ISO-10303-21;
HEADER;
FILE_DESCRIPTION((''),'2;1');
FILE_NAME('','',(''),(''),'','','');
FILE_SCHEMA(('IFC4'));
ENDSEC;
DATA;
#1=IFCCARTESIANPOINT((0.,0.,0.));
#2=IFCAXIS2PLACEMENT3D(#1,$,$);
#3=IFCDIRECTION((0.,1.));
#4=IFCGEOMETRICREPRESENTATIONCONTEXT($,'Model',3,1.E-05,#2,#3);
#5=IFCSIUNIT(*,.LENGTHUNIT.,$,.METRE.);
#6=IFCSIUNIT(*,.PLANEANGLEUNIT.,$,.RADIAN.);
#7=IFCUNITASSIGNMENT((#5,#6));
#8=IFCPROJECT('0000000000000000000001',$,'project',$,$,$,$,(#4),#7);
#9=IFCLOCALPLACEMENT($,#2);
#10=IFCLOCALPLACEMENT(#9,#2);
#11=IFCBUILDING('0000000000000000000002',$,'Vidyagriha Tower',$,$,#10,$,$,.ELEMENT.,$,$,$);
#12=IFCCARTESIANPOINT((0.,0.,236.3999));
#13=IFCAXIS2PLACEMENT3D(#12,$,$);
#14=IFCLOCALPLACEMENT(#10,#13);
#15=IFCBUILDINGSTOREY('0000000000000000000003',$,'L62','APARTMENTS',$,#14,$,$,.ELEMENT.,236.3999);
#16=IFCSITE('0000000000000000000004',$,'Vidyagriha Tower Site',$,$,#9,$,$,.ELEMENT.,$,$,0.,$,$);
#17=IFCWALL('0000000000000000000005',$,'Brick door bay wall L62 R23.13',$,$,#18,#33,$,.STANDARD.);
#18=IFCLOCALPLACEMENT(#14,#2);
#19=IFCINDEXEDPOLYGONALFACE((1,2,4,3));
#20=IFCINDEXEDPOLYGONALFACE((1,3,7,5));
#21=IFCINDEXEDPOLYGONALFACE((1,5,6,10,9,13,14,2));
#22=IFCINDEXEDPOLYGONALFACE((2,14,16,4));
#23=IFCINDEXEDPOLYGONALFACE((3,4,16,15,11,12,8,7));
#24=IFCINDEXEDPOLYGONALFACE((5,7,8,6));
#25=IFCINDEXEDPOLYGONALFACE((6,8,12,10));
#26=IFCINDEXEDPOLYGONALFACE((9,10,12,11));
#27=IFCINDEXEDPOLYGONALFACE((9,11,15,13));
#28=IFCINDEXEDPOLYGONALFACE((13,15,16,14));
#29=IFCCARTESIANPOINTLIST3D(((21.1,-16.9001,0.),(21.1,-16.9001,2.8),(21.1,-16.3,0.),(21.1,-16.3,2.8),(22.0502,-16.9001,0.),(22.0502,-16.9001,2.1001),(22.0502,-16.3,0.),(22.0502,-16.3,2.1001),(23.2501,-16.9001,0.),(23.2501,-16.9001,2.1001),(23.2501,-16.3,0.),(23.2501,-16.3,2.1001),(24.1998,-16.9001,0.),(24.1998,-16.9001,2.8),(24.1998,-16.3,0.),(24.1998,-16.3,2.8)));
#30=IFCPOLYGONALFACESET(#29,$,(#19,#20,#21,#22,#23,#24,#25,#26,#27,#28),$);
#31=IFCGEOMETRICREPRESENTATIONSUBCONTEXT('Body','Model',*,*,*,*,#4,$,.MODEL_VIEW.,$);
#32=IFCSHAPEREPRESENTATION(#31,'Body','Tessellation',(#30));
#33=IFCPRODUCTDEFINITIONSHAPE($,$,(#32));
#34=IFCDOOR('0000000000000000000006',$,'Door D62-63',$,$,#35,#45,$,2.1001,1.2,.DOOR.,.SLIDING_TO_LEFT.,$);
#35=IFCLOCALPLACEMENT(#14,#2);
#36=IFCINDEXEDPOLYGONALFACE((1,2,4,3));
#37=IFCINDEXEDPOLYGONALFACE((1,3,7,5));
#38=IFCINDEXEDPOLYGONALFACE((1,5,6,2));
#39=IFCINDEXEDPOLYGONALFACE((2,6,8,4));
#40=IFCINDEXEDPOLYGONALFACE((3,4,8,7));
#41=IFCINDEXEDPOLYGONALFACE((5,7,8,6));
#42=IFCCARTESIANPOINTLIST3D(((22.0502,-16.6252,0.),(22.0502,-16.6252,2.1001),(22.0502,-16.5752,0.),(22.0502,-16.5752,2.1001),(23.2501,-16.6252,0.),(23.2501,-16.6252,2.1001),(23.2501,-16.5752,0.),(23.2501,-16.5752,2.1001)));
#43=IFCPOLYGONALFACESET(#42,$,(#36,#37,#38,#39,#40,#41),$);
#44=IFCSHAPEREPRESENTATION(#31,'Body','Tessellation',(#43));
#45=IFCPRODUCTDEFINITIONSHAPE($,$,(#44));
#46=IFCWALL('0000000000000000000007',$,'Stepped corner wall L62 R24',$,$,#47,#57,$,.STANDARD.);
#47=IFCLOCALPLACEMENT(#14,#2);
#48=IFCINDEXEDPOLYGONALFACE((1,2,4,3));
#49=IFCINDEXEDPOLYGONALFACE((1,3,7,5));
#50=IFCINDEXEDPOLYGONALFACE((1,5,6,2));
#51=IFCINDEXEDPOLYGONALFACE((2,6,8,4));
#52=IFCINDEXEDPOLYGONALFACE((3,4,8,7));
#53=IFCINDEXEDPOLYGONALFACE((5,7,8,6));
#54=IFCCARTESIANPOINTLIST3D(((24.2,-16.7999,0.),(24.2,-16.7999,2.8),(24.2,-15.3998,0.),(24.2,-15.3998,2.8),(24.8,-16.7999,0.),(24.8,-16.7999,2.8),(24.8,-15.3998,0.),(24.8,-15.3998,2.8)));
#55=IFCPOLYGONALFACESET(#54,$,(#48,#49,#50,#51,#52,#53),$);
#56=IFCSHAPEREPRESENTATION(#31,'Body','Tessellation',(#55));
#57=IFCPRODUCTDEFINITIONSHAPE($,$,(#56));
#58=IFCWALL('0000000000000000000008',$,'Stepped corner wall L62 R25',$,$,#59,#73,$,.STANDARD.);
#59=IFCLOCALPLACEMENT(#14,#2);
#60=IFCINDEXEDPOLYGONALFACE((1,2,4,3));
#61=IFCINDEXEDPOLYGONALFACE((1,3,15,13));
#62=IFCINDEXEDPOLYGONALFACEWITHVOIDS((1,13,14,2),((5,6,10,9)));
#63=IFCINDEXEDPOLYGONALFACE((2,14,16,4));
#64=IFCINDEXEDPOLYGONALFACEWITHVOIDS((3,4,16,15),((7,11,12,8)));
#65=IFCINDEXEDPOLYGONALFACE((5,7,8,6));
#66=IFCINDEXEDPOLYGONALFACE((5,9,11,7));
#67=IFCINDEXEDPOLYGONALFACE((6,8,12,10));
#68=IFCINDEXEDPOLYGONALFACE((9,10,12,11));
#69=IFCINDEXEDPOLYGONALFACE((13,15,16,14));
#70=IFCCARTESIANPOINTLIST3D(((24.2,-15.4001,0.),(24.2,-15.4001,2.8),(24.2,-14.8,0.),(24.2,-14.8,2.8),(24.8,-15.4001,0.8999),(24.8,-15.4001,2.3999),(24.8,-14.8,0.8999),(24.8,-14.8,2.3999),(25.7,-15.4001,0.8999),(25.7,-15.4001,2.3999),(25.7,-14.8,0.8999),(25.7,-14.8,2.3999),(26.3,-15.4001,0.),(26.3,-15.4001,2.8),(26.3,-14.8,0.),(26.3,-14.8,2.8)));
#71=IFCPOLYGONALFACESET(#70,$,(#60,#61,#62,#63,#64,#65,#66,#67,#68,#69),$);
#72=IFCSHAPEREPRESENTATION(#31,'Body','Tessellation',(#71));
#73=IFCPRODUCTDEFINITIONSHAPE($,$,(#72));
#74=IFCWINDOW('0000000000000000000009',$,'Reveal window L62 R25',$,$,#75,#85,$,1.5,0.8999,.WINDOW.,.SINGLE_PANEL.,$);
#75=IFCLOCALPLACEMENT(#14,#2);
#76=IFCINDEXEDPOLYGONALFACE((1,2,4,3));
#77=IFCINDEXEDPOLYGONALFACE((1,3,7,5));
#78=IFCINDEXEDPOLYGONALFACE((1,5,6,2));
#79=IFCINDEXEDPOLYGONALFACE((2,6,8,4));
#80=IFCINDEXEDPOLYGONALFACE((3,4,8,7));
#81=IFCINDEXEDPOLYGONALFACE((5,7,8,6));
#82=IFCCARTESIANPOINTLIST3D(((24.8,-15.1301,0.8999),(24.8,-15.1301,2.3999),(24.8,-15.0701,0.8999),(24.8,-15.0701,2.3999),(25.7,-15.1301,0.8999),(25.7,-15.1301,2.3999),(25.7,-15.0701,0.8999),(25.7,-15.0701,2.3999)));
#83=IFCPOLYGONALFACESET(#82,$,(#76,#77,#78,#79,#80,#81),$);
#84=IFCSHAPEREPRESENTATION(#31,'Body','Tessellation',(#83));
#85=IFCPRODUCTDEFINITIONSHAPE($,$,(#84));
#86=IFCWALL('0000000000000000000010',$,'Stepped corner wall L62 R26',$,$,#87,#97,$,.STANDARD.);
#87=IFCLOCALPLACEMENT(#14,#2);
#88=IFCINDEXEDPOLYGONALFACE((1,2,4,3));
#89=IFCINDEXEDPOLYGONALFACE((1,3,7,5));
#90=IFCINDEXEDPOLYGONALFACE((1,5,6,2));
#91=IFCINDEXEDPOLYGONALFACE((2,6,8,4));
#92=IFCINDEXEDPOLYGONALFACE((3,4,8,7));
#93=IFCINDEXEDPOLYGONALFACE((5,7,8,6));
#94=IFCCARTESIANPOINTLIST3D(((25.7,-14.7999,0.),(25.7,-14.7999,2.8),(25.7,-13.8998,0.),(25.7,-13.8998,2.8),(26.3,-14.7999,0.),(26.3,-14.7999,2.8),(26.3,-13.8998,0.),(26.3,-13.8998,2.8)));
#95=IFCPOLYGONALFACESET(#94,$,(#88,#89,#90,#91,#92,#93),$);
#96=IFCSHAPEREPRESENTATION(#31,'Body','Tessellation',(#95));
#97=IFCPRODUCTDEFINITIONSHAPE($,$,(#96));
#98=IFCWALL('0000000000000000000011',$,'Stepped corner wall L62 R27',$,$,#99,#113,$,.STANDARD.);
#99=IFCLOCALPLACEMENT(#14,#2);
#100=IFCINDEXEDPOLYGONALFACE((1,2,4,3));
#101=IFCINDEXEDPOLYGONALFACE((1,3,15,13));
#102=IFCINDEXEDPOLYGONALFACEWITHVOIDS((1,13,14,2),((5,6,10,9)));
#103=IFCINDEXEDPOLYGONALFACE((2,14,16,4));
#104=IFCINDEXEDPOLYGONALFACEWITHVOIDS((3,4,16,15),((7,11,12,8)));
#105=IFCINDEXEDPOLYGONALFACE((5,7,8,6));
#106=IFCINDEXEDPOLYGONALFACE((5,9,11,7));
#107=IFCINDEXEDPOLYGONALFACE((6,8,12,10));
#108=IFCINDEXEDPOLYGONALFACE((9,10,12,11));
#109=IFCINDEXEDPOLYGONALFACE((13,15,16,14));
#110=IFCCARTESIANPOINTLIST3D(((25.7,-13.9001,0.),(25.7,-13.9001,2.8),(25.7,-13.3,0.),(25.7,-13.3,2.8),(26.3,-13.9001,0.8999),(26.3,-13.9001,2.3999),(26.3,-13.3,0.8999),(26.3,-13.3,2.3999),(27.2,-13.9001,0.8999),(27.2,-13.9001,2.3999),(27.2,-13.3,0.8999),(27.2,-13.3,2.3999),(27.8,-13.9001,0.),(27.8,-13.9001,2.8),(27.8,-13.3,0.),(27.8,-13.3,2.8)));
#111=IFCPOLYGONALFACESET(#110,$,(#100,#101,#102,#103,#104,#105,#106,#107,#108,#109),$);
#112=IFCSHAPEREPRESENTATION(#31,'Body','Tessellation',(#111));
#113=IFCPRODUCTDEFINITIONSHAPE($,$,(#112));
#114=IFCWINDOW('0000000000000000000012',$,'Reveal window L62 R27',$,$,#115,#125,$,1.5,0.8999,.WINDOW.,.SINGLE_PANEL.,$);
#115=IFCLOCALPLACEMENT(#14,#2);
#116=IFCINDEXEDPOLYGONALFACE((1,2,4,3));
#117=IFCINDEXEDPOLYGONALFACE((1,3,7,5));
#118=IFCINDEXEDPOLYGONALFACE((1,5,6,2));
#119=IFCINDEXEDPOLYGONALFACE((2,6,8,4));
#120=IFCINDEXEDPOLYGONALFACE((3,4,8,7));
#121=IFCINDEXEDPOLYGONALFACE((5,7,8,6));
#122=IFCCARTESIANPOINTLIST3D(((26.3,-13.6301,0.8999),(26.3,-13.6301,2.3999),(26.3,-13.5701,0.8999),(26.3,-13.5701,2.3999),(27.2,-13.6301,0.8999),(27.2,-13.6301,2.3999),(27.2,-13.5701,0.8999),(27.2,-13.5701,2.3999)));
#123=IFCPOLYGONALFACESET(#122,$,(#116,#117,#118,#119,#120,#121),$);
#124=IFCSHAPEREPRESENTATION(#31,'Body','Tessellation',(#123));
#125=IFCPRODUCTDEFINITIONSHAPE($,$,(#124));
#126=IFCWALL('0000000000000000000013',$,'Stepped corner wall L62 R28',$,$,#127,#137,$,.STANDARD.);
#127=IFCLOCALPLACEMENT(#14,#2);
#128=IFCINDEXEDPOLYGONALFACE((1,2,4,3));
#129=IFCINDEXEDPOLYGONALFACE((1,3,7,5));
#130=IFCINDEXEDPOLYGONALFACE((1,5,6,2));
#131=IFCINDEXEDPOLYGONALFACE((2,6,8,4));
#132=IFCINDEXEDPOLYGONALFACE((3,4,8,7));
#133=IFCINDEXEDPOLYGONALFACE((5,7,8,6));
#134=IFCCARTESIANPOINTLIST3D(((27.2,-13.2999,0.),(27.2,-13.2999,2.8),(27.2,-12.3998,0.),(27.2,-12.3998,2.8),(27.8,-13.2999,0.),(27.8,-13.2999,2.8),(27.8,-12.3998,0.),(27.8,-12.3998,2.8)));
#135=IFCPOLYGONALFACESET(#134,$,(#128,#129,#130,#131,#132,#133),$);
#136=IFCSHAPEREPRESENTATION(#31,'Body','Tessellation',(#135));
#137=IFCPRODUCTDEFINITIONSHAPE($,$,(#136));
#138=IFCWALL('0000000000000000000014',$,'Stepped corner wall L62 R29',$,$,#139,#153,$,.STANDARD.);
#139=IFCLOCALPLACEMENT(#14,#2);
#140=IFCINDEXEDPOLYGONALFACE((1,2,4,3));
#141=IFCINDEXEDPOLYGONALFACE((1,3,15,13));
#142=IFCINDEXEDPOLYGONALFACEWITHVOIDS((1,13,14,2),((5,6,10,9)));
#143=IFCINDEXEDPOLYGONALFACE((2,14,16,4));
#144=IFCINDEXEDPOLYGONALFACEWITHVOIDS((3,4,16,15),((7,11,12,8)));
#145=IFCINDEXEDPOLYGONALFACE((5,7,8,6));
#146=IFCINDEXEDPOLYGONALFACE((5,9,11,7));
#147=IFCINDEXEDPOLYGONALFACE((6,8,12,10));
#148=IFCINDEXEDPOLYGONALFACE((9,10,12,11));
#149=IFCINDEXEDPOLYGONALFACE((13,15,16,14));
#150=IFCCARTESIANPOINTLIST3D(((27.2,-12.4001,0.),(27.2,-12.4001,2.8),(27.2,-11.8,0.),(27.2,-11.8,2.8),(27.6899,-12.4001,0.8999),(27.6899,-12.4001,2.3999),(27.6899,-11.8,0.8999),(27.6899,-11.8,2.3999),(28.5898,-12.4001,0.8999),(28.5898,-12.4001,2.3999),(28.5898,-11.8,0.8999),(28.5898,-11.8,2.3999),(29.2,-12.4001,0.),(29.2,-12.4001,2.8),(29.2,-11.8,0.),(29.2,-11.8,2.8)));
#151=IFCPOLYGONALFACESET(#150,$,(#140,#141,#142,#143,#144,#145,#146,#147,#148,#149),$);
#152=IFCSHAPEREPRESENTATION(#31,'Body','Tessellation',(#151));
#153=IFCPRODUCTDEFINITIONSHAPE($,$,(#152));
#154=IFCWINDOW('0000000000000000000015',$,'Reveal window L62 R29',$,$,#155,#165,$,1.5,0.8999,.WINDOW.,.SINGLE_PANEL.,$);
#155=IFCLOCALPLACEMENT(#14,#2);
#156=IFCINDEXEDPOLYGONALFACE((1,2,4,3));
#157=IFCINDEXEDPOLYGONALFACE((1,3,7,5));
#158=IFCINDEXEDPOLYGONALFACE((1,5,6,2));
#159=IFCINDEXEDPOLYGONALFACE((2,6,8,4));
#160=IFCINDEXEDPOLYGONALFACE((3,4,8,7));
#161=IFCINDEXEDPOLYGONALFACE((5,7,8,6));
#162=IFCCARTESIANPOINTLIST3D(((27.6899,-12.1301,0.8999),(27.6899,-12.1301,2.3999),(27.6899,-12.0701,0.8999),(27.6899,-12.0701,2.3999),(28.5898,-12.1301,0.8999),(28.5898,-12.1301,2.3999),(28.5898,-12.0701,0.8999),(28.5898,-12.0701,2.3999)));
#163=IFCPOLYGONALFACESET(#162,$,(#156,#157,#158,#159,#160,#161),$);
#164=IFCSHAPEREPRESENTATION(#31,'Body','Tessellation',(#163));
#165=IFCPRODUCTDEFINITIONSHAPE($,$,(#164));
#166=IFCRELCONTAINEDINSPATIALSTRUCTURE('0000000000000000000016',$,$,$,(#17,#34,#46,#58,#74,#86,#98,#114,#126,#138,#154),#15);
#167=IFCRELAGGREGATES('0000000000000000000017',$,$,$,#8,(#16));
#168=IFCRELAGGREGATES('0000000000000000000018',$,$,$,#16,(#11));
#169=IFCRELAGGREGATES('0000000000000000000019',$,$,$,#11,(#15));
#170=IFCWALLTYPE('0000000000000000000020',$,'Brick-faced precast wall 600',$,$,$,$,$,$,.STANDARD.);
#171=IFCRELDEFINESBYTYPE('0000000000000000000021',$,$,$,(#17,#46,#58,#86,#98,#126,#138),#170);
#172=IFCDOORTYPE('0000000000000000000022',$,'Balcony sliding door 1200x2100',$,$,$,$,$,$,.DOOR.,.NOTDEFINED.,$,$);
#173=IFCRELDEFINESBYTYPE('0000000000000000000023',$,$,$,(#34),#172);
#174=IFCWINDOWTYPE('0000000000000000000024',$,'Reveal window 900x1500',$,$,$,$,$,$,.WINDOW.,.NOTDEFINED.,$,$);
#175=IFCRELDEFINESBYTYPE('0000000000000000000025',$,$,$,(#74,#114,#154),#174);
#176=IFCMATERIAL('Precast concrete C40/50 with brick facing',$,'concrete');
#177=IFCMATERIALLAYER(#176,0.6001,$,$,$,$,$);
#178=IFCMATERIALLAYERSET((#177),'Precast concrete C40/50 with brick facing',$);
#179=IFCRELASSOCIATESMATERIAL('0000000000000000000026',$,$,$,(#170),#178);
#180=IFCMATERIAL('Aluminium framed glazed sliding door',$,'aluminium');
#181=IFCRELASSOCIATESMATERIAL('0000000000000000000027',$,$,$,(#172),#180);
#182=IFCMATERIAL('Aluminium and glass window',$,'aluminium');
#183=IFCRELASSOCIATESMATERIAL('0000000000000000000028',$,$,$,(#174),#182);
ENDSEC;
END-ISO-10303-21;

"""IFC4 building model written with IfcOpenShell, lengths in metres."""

from ifc_helpers import new_model, si_unit, direction, frame, frame_2d, origin, place, context, subcontext, project, spatial, rectangle, extrude, material, layer, layer_set, type_object, element, fill, save


model = new_model("IFC4")

# Units and contexts
model_context = context("Model", 3, precision=1e-05, world=origin(), true_north=direction((0.0, 1.0)))
body_context = subcontext(model_context, "Body", "Model", "MODEL_VIEW")
ifc_project = project(units=[si_unit("LENGTHUNIT", "METRE"), si_unit("PLANEANGLEUNIT", "RADIAN")], contexts=[model_context])

# Site, building, storey
site_placement = place(None, origin())
site = spatial("IfcSite", under=ifc_project, at=site_placement, Name="Vidyagriha Tower Site", CompositionType="ELEMENT", RefElevation=0.0)
building_placement = place(site_placement, origin())
building = spatial("IfcBuilding", under=site, at=building_placement, Name="Vidyagriha Tower", CompositionType="ELEMENT")
storey_placement = place(building_placement, frame((0.0, 0.0, 236.3999)))
storey = spatial("IfcBuildingStorey", under=building, at=storey_placement, Name="L62", Description="APARTMENTS", CompositionType="ELEMENT", Elevation=236.3999)

# Wall, opening, door
ifc_material_1 = material(Name="Precast concrete C40/50 with brick facing", Category="concrete")
ifc_layer_1 = layer(ifc_material_1, 0.6001)
ifc_layer_set_1 = layer_set([ifc_layer_1], Name="Precast concrete C40/50 with brick facing")
wall_type_1 = type_object("IfcWallType", Name="Brick-faced precast wall 600", PredefinedType="STANDARD", material=ifc_layer_set_1)
wall_1_placement = place(storey_placement, frame((21.1001, -16.6001, 0.0)))
wall_1 = element("IfcWall", 1, at=wall_1_placement, inside=storey, type_object=wall_type_1, Name="Brick door bay wall L62 R23.13", PredefinedType="STANDARD", context=body_context, shape_type="SweptSolid", body=[
    extrude(rectangle(XDim=3.0999, YDim=0.6001, at=frame_2d((1.5498, 0.0))), origin(), (0.0, 0.0, 1.0), 2.8),
])
opening_1_placement = place(wall_1_placement, frame((0.95, 0.0, 0.0)))
opening_1 = element("IfcOpeningElement", 2, at=opening_1_placement, cuts=wall_1, PredefinedType="OPENING", context=body_context, shape_type="SweptSolid", body=[
    extrude(rectangle(XDim=1.2, YDim=2.1001, at=frame_2d((0.6001, 1.05))), frame((0.0, 0.3101, 0.0), z_axis=(0.0, -1.0, 0.0), x_axis=(1.0, 0.0, 0.0)), (0.0, 0.0, 1.0), 0.6201),
])
ifc_material_2 = material(Name="Aluminium framed glazed sliding door", Category="aluminium")
door_type_1 = type_object("IfcDoorType", Name="Balcony sliding door 1200x2100", OperationType="NOTDEFINED", PredefinedType="DOOR", material=ifc_material_2)
door_1_placement = place(opening_1_placement, origin())
door_1 = element("IfcDoor", 3, at=door_1_placement, inside=storey, type_object=door_type_1, Name="Door D62-63", OperationType="SLIDING_TO_LEFT", OverallHeight=2.1001, OverallWidth=1.2, PredefinedType="DOOR", context=body_context, shape_type="SweptSolid", body=[
    extrude(rectangle(XDim=1.2, YDim=2.1001, at=frame_2d((0.6001, 1.05))), frame((0.0, 0.0249, 0.0), z_axis=(0.0, -1.0, 0.0), x_axis=(1.0, 0.0, 0.0)), (0.0, 0.0, 1.0), 0.05),
])
fill(opening_1, door_1)

# Wall
wall_2_placement = place(storey_placement, frame((24.5, -16.8, 0.0), z_axis=(0.0, 0.0, 1.0), x_axis=(0.0, 1.0, 0.0)))
element("IfcWall", 4, at=wall_2_placement, inside=storey, type_object=wall_type_1, Name="Stepped corner wall L62 R24", PredefinedType="STANDARD", context=body_context, shape_type="SweptSolid", body=[
    extrude(rectangle(XDim=1.4001, YDim=0.6001, at=frame_2d((0.7002, 0.0))), origin(), (0.0, 0.0, 1.0), 2.8),
])

# Wall, opening, window
wall_3_placement = place(storey_placement, frame((24.2, -15.1001, 0.0)))
wall_3 = element("IfcWall", 5, at=wall_3_placement, inside=storey, type_object=wall_type_1, Name="Stepped corner wall L62 R25", PredefinedType="STANDARD", context=body_context, shape_type="SweptSolid", body=[
    extrude(rectangle(XDim=2.1001, YDim=0.6001, at=frame_2d((1.05, 0.0))), origin(), (0.0, 0.0, 1.0), 2.8),
])
opening_2_placement = place(wall_3_placement, frame((0.6001, 0.0, 0.8999)))
opening_2 = element("IfcOpeningElement", 6, at=opening_2_placement, cuts=wall_3, PredefinedType="OPENING", context=body_context, shape_type="SweptSolid", body=[
    extrude(rectangle(XDim=0.8999, YDim=1.5, at=frame_2d((0.45, 0.75))), frame((0.0, 0.3101, 0.0), z_axis=(0.0, -1.0, 0.0), x_axis=(1.0, 0.0, 0.0)), (0.0, 0.0, 1.0), 0.6201),
])
ifc_material_3 = material(Name="Aluminium and glass window", Category="aluminium")
window_type = type_object("IfcWindowType", Name="Reveal window 900x1500", PartitioningType="NOTDEFINED", PredefinedType="WINDOW", material=ifc_material_3)
window_1_placement = place(opening_2_placement, origin())
window_1 = element("IfcWindow", 7, at=window_1_placement, inside=storey, type_object=window_type, Name="Reveal window L62 R25", OverallHeight=1.5, OverallWidth=0.8999, PartitioningType="SINGLE_PANEL", PredefinedType="WINDOW", context=body_context, shape_type="SweptSolid", body=[
    extrude(rectangle(XDim=0.8999, YDim=1.5, at=frame_2d((0.45, 0.75))), frame((0.0, 0.03, 0.0), z_axis=(0.0, -1.0, 0.0), x_axis=(1.0, 0.0, 0.0)), (0.0, 0.0, 1.0), 0.0601),
])
fill(opening_2, window_1)

# Wall
wall_4_placement = place(storey_placement, frame((26.0, -14.8, 0.0), z_axis=(0.0, 0.0, 1.0), x_axis=(0.0, 1.0, 0.0)))
element("IfcWall", 8, at=wall_4_placement, inside=storey, type_object=wall_type_1, Name="Stepped corner wall L62 R26", PredefinedType="STANDARD", context=body_context, shape_type="SweptSolid", body=[
    extrude(rectangle(XDim=0.9001, YDim=0.6001, at=frame_2d((0.4502, 0.0))), origin(), (0.0, 0.0, 1.0), 2.8),
])

# Wall, opening, window
wall_5_placement = place(storey_placement, frame((25.7, -13.6001, 0.0)))
wall_5 = element("IfcWall", 9, at=wall_5_placement, inside=storey, type_object=wall_type_1, Name="Stepped corner wall L62 R27", PredefinedType="STANDARD", context=body_context, shape_type="SweptSolid", body=[
    extrude(rectangle(XDim=2.1001, YDim=0.6001, at=frame_2d((1.05, 0.0))), origin(), (0.0, 0.0, 1.0), 2.8),
])
opening_3_placement = place(wall_5_placement, frame((0.6001, 0.0, 0.8999)))
opening_3 = element("IfcOpeningElement", 10, at=opening_3_placement, cuts=wall_5, PredefinedType="OPENING", context=body_context, shape_type="SweptSolid", body=[
    extrude(rectangle(XDim=0.8999, YDim=1.5, at=frame_2d((0.45, 0.75))), frame((0.0, 0.3101, 0.0), z_axis=(0.0, -1.0, 0.0), x_axis=(1.0, 0.0, 0.0)), (0.0, 0.0, 1.0), 0.6201),
])
window_2_placement = place(opening_3_placement, origin())
window_2 = element("IfcWindow", 11, at=window_2_placement, inside=storey, type_object=window_type, Name="Reveal window L62 R27", OverallHeight=1.5, OverallWidth=0.8999, PartitioningType="SINGLE_PANEL", PredefinedType="WINDOW", context=body_context, shape_type="SweptSolid", body=[
    extrude(rectangle(XDim=0.8999, YDim=1.5, at=frame_2d((0.45, 0.75))), frame((0.0, 0.03, 0.0), z_axis=(0.0, -1.0, 0.0), x_axis=(1.0, 0.0, 0.0)), (0.0, 0.0, 1.0), 0.0601),
])
fill(opening_3, window_2)

# Wall
wall_6_placement = place(storey_placement, frame((27.5, -13.3, 0.0), z_axis=(0.0, 0.0, 1.0), x_axis=(0.0, 1.0, 0.0)))
element("IfcWall", 12, at=wall_6_placement, inside=storey, type_object=wall_type_1, Name="Stepped corner wall L62 R28", PredefinedType="STANDARD", context=body_context, shape_type="SweptSolid", body=[
    extrude(rectangle(XDim=0.9001, YDim=0.6001, at=frame_2d((0.4502, 0.0))), origin(), (0.0, 0.0, 1.0), 2.8),
])

# Wall, opening, window
wall_7_placement = place(storey_placement, frame((27.2, -12.1001, 0.0)))
wall_7 = element("IfcWall", 13, at=wall_7_placement, inside=storey, type_object=wall_type_1, Name="Stepped corner wall L62 R29", PredefinedType="STANDARD", context=body_context, shape_type="SweptSolid", body=[
    extrude(rectangle(XDim=2.0, YDim=0.6001, at=frame_2d((1.0, 0.0))), origin(), (0.0, 0.0, 1.0), 2.8),
])
opening_4_placement = place(wall_7_placement, frame((0.49, 0.0, 0.8999)))
opening_4 = element("IfcOpeningElement", 14, at=opening_4_placement, cuts=wall_7, PredefinedType="OPENING", context=body_context, shape_type="SweptSolid", body=[
    extrude(rectangle(XDim=0.8999, YDim=1.5, at=frame_2d((0.45, 0.75))), frame((0.0, 0.3101, 0.0), z_axis=(0.0, -1.0, 0.0), x_axis=(1.0, 0.0, 0.0)), (0.0, 0.0, 1.0), 0.6201),
])
window_3_placement = place(opening_4_placement, origin())
window_3 = element("IfcWindow", 15, at=window_3_placement, inside=storey, type_object=window_type, Name="Reveal window L62 R29", OverallHeight=1.5, OverallWidth=0.8999, PartitioningType="SINGLE_PANEL", PredefinedType="WINDOW", context=body_context, shape_type="SweptSolid", body=[
    extrude(rectangle(XDim=0.8999, YDim=1.5, at=frame_2d((0.45, 0.75))), frame((0.0, 0.03, 0.0), z_axis=(0.0, -1.0, 0.0), x_axis=(1.0, 0.0, 0.0)), (0.0, 0.0, 1.0), 0.0601),
])
fill(opening_4, window_3)

save(model, "model.ifc")
